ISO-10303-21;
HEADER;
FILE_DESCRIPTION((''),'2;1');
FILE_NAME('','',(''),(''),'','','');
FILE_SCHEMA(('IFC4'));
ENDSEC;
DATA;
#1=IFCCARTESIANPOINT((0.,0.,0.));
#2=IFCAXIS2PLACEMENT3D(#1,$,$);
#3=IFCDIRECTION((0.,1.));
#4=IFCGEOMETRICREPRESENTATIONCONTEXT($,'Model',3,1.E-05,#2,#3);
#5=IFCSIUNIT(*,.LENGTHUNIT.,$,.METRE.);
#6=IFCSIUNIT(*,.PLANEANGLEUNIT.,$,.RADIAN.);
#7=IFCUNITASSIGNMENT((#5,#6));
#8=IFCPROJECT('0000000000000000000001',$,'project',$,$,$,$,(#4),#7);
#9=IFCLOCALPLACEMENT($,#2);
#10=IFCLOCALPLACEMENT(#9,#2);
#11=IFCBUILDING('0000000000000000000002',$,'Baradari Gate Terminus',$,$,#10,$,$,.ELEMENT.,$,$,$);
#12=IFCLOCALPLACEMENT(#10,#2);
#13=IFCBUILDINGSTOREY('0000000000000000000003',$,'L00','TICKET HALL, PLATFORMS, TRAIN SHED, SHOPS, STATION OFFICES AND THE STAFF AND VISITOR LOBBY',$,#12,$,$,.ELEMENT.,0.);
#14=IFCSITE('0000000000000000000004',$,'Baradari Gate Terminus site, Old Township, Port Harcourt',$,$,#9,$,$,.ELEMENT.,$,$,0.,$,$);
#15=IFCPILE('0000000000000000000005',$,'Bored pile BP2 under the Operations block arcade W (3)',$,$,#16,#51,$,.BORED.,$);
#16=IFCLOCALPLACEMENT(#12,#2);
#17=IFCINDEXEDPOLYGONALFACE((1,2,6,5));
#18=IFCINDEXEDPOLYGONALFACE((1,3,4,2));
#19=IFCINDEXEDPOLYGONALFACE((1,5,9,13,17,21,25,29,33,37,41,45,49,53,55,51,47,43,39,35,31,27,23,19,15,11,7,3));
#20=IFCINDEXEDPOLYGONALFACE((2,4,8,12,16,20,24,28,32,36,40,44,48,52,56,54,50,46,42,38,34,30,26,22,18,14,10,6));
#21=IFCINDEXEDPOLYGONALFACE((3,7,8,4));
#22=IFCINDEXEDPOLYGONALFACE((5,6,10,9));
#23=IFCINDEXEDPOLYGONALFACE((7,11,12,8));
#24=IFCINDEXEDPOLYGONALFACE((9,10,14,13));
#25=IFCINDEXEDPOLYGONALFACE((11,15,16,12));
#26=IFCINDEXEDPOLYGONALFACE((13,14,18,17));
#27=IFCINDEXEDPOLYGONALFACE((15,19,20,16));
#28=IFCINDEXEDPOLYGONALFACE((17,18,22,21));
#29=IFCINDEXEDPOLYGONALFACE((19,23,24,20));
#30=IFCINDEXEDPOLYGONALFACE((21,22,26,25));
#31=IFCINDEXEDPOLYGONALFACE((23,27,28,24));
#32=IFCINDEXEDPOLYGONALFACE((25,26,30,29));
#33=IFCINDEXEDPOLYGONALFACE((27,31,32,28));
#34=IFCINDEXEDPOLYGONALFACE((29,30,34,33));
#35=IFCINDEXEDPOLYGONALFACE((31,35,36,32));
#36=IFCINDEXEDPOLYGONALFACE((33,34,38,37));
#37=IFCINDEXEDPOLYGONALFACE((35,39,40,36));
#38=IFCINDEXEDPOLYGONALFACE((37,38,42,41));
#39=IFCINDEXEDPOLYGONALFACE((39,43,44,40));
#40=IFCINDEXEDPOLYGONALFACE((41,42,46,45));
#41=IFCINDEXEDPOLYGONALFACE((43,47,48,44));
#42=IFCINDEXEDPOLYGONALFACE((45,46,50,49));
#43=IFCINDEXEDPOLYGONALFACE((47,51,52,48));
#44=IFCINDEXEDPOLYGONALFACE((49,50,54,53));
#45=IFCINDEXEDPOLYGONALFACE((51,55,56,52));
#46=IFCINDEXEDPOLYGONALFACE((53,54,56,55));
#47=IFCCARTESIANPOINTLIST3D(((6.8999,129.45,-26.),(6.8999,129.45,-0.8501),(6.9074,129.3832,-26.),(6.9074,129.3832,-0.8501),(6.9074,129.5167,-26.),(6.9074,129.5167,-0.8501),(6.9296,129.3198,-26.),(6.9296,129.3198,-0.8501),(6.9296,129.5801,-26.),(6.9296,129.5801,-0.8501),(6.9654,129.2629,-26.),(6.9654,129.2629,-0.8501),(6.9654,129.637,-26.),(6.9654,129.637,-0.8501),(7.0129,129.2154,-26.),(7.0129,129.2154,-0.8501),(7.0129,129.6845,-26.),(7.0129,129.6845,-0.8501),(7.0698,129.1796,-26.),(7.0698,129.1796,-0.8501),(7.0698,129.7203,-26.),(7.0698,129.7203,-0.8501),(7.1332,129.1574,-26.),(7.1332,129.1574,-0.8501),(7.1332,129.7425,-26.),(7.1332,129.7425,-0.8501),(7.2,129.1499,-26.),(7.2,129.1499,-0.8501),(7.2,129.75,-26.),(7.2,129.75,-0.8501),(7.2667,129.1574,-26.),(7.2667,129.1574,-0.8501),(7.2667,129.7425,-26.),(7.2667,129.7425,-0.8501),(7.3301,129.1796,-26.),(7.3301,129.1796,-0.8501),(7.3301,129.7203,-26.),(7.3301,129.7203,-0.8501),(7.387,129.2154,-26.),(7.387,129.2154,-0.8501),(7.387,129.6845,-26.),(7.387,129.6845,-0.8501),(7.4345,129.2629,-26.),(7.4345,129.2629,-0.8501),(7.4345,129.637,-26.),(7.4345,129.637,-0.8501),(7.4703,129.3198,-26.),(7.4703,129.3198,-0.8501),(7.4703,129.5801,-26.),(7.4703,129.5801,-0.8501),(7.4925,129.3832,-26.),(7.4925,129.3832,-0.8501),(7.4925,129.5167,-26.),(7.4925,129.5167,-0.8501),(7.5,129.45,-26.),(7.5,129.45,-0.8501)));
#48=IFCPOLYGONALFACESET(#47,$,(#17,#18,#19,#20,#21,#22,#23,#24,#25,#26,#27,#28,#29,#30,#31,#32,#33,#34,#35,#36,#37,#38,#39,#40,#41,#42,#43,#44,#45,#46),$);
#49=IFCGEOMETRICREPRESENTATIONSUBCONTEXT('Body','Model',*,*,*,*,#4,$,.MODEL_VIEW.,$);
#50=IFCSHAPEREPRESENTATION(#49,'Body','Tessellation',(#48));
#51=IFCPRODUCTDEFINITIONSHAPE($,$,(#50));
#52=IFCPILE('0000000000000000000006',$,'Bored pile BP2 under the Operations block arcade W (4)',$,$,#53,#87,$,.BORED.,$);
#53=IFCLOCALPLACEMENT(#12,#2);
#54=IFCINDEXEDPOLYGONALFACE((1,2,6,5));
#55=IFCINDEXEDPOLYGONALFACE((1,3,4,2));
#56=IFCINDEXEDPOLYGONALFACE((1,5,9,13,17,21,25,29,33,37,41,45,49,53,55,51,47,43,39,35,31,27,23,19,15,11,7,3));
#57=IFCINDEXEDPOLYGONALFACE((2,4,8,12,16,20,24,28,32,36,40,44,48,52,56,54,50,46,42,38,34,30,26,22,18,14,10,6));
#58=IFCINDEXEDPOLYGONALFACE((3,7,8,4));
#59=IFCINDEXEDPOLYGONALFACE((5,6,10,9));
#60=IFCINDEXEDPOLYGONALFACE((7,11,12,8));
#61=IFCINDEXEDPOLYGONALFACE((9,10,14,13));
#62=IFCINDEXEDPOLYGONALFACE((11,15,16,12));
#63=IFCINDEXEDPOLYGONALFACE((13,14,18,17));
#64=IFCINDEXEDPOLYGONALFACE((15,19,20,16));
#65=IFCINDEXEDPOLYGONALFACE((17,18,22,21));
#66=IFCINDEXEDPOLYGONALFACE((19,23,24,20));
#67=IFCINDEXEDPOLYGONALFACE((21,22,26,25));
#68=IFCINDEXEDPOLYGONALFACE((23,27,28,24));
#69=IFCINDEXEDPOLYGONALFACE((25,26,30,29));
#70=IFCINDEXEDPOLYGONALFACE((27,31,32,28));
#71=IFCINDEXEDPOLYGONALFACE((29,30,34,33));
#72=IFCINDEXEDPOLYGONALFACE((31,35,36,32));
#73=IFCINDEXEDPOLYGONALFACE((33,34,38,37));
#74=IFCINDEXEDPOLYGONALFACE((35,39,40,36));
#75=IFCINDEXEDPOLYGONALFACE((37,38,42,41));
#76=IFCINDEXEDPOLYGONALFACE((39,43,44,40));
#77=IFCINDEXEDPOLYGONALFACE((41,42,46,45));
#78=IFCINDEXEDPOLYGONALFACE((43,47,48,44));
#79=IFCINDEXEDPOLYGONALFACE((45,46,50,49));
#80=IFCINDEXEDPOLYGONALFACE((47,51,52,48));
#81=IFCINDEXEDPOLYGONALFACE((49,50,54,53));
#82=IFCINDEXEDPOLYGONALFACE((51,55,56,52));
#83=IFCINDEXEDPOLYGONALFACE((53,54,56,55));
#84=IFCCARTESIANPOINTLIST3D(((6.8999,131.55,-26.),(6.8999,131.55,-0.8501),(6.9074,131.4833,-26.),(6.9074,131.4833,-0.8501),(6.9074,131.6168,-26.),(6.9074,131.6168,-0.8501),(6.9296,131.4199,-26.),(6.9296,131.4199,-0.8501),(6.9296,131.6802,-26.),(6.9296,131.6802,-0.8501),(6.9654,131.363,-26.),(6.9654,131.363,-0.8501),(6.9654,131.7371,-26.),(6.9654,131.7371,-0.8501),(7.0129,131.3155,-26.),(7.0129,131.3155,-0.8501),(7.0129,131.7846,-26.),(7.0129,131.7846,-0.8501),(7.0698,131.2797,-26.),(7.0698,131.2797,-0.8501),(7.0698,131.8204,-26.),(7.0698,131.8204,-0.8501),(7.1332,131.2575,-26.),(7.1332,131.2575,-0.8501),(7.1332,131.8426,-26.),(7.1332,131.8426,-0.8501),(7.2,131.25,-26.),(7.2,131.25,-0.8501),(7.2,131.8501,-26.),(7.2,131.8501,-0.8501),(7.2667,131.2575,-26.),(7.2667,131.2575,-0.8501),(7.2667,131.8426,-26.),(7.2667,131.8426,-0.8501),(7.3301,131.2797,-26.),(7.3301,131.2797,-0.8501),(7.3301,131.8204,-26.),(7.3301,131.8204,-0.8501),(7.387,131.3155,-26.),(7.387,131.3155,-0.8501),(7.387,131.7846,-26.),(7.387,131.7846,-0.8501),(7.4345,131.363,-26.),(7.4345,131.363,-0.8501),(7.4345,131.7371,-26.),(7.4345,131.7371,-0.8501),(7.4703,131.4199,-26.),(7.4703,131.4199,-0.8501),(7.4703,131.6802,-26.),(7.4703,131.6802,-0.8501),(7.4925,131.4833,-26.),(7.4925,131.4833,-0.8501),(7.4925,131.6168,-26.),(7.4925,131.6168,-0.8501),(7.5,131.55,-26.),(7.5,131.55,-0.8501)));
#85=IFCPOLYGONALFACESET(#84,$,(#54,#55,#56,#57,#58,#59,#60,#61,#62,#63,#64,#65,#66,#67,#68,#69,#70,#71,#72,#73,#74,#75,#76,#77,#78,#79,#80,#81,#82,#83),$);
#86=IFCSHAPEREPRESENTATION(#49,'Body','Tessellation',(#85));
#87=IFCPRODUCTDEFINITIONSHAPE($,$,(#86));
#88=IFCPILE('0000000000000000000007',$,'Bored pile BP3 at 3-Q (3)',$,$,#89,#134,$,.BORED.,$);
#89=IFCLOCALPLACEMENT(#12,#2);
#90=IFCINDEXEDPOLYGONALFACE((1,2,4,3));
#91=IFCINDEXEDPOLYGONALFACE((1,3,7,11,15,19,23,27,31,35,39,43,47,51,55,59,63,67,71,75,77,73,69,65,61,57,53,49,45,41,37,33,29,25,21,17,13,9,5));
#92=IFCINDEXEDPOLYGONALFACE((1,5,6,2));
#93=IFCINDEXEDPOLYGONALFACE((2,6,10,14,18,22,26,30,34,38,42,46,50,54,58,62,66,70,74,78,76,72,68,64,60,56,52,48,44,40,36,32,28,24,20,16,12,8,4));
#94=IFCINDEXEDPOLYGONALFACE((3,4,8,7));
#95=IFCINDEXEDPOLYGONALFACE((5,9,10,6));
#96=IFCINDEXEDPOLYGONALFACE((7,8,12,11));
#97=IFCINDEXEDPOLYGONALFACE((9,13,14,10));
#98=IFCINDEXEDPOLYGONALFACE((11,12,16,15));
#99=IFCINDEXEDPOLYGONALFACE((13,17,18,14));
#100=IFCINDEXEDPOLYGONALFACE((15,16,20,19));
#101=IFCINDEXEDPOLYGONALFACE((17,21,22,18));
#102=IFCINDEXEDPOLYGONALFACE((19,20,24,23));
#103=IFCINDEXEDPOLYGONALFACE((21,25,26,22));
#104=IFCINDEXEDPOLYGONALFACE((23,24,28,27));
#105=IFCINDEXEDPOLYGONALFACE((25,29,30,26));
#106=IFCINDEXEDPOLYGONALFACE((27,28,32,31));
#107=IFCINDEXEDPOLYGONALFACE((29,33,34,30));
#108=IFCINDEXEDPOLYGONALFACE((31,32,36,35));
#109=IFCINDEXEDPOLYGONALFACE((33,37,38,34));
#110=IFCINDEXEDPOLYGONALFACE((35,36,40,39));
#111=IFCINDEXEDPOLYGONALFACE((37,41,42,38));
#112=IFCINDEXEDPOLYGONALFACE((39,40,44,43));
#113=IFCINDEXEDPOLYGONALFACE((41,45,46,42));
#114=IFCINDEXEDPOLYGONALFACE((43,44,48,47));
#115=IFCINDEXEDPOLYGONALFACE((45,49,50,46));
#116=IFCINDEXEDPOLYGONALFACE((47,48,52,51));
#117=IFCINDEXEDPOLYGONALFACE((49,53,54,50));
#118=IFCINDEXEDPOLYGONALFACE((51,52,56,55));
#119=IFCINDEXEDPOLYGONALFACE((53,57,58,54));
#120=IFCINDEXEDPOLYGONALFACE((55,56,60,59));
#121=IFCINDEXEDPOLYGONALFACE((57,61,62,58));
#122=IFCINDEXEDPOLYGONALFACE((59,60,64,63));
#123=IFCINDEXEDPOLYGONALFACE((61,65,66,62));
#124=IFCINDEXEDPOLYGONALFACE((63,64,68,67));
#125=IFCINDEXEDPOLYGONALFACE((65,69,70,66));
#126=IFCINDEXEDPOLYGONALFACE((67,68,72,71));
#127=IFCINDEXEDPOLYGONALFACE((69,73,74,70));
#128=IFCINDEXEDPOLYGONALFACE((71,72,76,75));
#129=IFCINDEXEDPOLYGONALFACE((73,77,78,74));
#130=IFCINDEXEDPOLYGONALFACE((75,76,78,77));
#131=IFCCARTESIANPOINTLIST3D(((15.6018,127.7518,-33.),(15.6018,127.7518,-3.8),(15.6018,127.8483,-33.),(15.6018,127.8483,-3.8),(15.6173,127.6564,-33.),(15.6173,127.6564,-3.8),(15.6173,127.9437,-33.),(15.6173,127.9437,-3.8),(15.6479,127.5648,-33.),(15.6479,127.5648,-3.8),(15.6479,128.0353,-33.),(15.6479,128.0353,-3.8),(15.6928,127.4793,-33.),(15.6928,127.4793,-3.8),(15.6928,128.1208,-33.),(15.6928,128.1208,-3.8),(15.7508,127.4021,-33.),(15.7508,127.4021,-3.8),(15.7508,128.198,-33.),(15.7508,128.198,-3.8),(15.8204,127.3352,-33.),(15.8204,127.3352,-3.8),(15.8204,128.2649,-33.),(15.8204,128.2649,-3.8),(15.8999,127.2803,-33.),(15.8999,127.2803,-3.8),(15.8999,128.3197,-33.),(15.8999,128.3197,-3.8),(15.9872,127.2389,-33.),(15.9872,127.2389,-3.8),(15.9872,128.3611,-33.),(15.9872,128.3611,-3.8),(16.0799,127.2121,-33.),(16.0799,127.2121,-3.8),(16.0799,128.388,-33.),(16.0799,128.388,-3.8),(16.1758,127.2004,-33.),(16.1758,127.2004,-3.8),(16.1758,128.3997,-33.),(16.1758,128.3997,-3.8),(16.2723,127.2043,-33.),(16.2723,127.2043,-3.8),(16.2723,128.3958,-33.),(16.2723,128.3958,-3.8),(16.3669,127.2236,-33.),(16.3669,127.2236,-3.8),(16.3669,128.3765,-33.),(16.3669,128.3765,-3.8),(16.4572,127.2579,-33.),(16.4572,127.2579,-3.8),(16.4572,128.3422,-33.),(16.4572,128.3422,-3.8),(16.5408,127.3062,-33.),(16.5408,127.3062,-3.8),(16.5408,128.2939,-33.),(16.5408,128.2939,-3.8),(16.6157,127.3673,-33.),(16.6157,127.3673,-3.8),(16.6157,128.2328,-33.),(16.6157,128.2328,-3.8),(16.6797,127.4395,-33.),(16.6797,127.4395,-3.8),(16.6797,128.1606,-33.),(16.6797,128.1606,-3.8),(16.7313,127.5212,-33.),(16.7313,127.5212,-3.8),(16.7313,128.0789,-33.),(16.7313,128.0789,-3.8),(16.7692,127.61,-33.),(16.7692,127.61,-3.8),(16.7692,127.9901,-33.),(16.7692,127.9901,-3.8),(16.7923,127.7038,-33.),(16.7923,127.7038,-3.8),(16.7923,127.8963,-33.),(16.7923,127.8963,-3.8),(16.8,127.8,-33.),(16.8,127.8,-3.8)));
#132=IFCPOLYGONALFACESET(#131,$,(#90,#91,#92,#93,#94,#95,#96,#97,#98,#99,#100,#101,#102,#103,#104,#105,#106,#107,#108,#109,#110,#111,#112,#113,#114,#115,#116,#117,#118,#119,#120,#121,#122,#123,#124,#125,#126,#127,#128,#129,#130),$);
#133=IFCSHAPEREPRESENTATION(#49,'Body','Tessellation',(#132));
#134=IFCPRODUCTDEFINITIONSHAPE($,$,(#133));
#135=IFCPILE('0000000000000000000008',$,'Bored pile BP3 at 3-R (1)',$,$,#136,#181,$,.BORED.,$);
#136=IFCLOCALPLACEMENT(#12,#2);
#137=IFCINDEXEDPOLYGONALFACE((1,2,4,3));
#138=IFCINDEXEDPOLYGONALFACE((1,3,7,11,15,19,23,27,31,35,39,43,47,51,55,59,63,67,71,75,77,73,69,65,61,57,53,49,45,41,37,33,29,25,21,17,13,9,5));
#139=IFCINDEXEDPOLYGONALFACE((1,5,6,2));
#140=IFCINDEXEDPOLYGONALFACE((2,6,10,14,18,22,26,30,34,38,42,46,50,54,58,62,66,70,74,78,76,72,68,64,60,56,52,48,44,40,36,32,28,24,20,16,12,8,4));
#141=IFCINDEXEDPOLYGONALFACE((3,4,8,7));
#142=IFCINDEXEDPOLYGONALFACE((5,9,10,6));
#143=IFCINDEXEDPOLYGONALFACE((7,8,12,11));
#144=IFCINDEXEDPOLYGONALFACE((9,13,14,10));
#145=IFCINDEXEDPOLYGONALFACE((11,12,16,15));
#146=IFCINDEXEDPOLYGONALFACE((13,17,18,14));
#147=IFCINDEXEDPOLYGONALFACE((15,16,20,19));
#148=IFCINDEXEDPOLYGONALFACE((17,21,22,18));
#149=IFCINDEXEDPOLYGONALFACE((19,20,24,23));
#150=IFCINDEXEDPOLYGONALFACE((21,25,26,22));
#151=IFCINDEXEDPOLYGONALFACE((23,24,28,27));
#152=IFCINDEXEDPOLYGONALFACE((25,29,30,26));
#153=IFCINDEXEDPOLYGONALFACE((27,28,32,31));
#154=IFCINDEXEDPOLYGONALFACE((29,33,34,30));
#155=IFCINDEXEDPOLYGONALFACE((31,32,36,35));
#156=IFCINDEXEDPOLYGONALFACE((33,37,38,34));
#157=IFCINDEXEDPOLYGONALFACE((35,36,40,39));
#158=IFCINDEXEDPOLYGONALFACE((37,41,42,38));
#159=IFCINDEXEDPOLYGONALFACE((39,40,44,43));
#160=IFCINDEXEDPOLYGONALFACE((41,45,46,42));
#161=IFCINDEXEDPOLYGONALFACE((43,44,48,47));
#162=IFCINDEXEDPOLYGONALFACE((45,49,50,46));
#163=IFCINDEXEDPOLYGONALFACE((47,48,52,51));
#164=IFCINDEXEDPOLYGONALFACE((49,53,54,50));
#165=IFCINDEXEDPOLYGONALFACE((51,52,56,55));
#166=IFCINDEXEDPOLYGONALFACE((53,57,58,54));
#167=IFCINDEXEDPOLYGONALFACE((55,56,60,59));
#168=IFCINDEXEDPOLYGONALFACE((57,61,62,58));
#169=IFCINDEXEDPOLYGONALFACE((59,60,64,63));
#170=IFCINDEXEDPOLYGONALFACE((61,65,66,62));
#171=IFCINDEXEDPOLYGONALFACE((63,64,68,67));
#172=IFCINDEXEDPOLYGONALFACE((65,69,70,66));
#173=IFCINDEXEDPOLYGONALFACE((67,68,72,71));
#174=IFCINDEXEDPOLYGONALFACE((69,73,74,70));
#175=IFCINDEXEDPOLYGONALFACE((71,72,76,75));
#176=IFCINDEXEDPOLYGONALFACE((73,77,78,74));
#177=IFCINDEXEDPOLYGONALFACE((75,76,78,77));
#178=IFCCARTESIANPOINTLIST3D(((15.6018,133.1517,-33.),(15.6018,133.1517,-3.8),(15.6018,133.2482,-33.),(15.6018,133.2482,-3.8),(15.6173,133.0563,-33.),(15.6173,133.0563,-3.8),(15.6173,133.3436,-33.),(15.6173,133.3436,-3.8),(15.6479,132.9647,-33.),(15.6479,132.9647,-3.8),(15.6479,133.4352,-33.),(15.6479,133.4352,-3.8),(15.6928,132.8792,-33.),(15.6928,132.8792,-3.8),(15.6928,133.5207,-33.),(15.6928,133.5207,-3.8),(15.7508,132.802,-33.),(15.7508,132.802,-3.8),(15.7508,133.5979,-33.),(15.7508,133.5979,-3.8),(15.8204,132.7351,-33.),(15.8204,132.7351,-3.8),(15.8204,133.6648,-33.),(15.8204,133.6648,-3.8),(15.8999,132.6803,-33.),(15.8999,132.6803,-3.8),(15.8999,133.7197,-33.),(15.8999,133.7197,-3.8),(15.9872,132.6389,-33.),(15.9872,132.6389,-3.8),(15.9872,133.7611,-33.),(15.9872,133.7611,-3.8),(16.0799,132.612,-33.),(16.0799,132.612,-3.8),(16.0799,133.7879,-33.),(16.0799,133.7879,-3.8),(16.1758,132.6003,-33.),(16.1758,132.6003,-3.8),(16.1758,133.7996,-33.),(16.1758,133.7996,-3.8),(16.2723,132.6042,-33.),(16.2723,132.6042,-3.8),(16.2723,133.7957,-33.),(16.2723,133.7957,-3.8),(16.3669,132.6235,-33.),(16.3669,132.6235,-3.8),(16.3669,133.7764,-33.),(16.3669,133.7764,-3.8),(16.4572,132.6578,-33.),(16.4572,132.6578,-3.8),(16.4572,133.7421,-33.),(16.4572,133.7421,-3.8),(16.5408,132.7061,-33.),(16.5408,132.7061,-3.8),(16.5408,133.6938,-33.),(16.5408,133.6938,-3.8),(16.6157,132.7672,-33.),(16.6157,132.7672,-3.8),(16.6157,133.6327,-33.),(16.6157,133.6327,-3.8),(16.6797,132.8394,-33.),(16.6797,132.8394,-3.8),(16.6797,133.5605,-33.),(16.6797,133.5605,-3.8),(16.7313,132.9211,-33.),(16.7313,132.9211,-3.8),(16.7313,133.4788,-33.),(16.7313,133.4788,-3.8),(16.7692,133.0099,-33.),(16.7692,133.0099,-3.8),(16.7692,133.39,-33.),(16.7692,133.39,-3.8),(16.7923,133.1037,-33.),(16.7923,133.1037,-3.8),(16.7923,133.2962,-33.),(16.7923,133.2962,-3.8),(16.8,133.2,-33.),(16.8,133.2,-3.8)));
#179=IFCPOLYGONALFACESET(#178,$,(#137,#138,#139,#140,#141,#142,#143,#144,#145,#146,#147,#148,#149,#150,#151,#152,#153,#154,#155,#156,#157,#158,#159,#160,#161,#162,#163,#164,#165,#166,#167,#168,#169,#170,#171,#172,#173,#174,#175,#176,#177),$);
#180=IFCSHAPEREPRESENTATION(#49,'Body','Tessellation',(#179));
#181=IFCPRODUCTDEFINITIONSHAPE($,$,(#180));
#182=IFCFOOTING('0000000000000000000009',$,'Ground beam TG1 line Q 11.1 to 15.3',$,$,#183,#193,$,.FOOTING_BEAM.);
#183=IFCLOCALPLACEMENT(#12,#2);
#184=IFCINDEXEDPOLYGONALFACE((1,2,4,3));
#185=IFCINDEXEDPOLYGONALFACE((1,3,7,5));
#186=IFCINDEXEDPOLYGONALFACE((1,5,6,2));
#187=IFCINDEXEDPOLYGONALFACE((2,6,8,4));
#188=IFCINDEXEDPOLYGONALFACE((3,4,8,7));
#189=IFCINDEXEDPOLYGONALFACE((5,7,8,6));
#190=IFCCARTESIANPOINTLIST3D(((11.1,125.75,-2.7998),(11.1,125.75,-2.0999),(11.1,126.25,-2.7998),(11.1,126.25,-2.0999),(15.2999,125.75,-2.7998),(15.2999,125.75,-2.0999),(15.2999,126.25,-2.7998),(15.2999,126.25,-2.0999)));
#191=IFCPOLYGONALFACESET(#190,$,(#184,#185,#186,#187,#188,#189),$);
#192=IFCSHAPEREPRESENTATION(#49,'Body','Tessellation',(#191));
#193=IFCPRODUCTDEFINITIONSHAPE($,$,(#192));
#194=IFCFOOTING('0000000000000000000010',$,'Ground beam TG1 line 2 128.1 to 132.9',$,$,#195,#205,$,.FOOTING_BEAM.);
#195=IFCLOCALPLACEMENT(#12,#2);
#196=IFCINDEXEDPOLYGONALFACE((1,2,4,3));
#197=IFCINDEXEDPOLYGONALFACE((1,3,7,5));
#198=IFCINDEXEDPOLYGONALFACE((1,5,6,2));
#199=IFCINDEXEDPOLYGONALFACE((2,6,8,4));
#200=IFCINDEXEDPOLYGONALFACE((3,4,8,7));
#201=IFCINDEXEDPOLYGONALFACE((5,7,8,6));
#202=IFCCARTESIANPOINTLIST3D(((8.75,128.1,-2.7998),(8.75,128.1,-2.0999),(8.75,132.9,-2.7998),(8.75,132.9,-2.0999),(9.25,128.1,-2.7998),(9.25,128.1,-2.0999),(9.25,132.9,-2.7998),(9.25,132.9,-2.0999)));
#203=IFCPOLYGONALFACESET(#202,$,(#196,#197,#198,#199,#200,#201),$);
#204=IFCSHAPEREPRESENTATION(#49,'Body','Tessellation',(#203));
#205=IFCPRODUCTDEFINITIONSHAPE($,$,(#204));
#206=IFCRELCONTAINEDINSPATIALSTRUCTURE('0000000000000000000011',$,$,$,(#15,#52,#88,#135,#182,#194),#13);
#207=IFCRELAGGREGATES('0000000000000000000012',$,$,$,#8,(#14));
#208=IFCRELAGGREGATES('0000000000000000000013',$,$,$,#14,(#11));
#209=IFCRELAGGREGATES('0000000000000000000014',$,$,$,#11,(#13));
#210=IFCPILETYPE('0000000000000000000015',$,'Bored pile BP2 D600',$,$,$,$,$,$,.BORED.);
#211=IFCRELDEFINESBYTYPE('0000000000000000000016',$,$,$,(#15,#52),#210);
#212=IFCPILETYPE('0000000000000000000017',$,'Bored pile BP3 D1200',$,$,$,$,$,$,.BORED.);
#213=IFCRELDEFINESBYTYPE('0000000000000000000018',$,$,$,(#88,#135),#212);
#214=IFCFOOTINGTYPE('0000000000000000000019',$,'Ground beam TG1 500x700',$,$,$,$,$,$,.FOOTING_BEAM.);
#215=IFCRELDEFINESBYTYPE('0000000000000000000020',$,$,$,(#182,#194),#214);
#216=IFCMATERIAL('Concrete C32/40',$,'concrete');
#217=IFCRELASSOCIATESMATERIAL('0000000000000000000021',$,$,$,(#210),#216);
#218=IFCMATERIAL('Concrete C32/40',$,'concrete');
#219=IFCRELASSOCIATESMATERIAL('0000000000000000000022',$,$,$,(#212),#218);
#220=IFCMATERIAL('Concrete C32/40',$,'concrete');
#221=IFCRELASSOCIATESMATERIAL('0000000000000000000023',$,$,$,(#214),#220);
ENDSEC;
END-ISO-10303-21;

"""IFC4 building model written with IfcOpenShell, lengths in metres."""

from ifc_helpers import new_model, si_unit, direction, frame, origin, origin_2d, place, context, subcontext, project, spatial, rectangle, circle, extrude, material, type_object, element, save


model = new_model("IFC4")

# Units and contexts
model_context = context("Model", 3, precision=1e-05, world=origin(), true_north=direction((0.0, 1.0)))
body_context = subcontext(model_context, "Body", "Model", "MODEL_VIEW")
ifc_project = project(units=[si_unit("LENGTHUNIT", "METRE"), si_unit("PLANEANGLEUNIT", "RADIAN")], contexts=[model_context])

# Site, building, storey
site_placement = place(None, origin())
site = spatial("IfcSite", under=ifc_project, at=site_placement, Name="Baradari Gate Terminus site, Old Township, Port Harcourt", CompositionType="ELEMENT", RefElevation=0.0)
building_placement = place(site_placement, origin())
building = spatial("IfcBuilding", under=site, at=building_placement, Name="Baradari Gate Terminus", CompositionType="ELEMENT")
storey_placement = place(building_placement, origin())
storey = spatial("IfcBuildingStorey", under=building, at=storey_placement, Name="L00", Description="TICKET HALL, PLATFORMS, TRAIN SHED, SHOPS, STATION OFFICES AND THE STAFF AND VISITOR LOBBY", CompositionType="ELEMENT", Elevation=0.0)

# Piles
ifc_material_1 = material(Name="Concrete C32/40", Category="concrete")
pile_type_1 = type_object("IfcPileType", Name="Bored pile BP2 D600", PredefinedType="BORED", material=ifc_material_1)
for number, where, z_axis, x_axis, name in (
    (1, (7.2, 129.45, -0.8501), (0.0, 0.0, -1.0), (1.0, 0.0, 0.0), "Bored pile BP2 under the Operations block arcade W (3)"),
    (2, (7.2, 131.55, -0.8501), (0.0, 0.0, -1.0), (1.0, 0.0, 0.0), "Bored pile BP2 under the Operations block arcade W (4)"),
):
    element("IfcPile", number, at=place(storey_placement, frame(where, z_axis=z_axis, x_axis=x_axis)), inside=storey, type_object=pile_type_1, Name=name, PredefinedType="BORED", context=body_context, shape_type="SweptSolid", body=[
        extrude(circle(Radius=0.3, at=origin_2d()), origin(), (0.0, 0.0, 1.0), 25.1499),
    ])
ifc_material_2 = material(Name="Concrete C32/40", Category="concrete")
pile_type_2 = type_object("IfcPileType", Name="Bored pile BP3 D1200", PredefinedType="BORED", material=ifc_material_2)
for number, where, z_axis, x_axis, name in (
    (3, (16.2, 127.8, -3.8), (0.0, 0.0, -1.0), (1.0, 0.0, 0.0), "Bored pile BP3 at 3-Q (3)"),
    (4, (16.2, 133.2, -3.8), (0.0, 0.0, -1.0), (1.0, 0.0, 0.0), "Bored pile BP3 at 3-R (1)"),
):
    element("IfcPile", number, at=place(storey_placement, frame(where, z_axis=z_axis, x_axis=x_axis)), inside=storey, type_object=pile_type_2, Name=name, PredefinedType="BORED", context=body_context, shape_type="SweptSolid", body=[
        extrude(circle(Radius=0.6001, at=origin_2d()), origin(), (0.0, 0.0, 1.0), 29.2),
    ])

# Footings
ifc_material_3 = material(Name="Concrete C32/40", Category="concrete")
footing_type_1 = type_object("IfcFootingType", Name="Ground beam TG1 500x700", PredefinedType="FOOTING_BEAM", material=ifc_material_3)
footing_1_placement = place(storey_placement, frame((13.2, 126.0, -2.7998), z_axis=(0.0, 0.0, 1.0), x_axis=(1.0, 0.0, 0.0)))
element("IfcFooting", 5, at=footing_1_placement, inside=storey, type_object=footing_type_1, Name="Ground beam TG1 line Q 11.1 to 15.3", PredefinedType="FOOTING_BEAM", context=body_context, shape_type="SweptSolid", body=[
    extrude(rectangle(XDim=4.2, YDim=0.5, at=origin_2d()), origin(), (0.0, 0.0, 1.0), 0.7),
])
footing_2_placement = place(storey_placement, frame((9.0, 130.5, -2.7998), z_axis=(0.0, 0.0, 1.0), x_axis=(1.0, 0.0, 0.0)))
element("IfcFooting", 6, at=footing_2_placement, inside=storey, type_object=footing_type_1, Name="Ground beam TG1 line 2 128.1 to 132.9", PredefinedType="FOOTING_BEAM", context=body_context, shape_type="SweptSolid", body=[
    extrude(rectangle(XDim=0.5, YDim=4.8, at=origin_2d()), origin(), (0.0, 0.0, 1.0), 0.7),
])

save(model, "model.ifc")
